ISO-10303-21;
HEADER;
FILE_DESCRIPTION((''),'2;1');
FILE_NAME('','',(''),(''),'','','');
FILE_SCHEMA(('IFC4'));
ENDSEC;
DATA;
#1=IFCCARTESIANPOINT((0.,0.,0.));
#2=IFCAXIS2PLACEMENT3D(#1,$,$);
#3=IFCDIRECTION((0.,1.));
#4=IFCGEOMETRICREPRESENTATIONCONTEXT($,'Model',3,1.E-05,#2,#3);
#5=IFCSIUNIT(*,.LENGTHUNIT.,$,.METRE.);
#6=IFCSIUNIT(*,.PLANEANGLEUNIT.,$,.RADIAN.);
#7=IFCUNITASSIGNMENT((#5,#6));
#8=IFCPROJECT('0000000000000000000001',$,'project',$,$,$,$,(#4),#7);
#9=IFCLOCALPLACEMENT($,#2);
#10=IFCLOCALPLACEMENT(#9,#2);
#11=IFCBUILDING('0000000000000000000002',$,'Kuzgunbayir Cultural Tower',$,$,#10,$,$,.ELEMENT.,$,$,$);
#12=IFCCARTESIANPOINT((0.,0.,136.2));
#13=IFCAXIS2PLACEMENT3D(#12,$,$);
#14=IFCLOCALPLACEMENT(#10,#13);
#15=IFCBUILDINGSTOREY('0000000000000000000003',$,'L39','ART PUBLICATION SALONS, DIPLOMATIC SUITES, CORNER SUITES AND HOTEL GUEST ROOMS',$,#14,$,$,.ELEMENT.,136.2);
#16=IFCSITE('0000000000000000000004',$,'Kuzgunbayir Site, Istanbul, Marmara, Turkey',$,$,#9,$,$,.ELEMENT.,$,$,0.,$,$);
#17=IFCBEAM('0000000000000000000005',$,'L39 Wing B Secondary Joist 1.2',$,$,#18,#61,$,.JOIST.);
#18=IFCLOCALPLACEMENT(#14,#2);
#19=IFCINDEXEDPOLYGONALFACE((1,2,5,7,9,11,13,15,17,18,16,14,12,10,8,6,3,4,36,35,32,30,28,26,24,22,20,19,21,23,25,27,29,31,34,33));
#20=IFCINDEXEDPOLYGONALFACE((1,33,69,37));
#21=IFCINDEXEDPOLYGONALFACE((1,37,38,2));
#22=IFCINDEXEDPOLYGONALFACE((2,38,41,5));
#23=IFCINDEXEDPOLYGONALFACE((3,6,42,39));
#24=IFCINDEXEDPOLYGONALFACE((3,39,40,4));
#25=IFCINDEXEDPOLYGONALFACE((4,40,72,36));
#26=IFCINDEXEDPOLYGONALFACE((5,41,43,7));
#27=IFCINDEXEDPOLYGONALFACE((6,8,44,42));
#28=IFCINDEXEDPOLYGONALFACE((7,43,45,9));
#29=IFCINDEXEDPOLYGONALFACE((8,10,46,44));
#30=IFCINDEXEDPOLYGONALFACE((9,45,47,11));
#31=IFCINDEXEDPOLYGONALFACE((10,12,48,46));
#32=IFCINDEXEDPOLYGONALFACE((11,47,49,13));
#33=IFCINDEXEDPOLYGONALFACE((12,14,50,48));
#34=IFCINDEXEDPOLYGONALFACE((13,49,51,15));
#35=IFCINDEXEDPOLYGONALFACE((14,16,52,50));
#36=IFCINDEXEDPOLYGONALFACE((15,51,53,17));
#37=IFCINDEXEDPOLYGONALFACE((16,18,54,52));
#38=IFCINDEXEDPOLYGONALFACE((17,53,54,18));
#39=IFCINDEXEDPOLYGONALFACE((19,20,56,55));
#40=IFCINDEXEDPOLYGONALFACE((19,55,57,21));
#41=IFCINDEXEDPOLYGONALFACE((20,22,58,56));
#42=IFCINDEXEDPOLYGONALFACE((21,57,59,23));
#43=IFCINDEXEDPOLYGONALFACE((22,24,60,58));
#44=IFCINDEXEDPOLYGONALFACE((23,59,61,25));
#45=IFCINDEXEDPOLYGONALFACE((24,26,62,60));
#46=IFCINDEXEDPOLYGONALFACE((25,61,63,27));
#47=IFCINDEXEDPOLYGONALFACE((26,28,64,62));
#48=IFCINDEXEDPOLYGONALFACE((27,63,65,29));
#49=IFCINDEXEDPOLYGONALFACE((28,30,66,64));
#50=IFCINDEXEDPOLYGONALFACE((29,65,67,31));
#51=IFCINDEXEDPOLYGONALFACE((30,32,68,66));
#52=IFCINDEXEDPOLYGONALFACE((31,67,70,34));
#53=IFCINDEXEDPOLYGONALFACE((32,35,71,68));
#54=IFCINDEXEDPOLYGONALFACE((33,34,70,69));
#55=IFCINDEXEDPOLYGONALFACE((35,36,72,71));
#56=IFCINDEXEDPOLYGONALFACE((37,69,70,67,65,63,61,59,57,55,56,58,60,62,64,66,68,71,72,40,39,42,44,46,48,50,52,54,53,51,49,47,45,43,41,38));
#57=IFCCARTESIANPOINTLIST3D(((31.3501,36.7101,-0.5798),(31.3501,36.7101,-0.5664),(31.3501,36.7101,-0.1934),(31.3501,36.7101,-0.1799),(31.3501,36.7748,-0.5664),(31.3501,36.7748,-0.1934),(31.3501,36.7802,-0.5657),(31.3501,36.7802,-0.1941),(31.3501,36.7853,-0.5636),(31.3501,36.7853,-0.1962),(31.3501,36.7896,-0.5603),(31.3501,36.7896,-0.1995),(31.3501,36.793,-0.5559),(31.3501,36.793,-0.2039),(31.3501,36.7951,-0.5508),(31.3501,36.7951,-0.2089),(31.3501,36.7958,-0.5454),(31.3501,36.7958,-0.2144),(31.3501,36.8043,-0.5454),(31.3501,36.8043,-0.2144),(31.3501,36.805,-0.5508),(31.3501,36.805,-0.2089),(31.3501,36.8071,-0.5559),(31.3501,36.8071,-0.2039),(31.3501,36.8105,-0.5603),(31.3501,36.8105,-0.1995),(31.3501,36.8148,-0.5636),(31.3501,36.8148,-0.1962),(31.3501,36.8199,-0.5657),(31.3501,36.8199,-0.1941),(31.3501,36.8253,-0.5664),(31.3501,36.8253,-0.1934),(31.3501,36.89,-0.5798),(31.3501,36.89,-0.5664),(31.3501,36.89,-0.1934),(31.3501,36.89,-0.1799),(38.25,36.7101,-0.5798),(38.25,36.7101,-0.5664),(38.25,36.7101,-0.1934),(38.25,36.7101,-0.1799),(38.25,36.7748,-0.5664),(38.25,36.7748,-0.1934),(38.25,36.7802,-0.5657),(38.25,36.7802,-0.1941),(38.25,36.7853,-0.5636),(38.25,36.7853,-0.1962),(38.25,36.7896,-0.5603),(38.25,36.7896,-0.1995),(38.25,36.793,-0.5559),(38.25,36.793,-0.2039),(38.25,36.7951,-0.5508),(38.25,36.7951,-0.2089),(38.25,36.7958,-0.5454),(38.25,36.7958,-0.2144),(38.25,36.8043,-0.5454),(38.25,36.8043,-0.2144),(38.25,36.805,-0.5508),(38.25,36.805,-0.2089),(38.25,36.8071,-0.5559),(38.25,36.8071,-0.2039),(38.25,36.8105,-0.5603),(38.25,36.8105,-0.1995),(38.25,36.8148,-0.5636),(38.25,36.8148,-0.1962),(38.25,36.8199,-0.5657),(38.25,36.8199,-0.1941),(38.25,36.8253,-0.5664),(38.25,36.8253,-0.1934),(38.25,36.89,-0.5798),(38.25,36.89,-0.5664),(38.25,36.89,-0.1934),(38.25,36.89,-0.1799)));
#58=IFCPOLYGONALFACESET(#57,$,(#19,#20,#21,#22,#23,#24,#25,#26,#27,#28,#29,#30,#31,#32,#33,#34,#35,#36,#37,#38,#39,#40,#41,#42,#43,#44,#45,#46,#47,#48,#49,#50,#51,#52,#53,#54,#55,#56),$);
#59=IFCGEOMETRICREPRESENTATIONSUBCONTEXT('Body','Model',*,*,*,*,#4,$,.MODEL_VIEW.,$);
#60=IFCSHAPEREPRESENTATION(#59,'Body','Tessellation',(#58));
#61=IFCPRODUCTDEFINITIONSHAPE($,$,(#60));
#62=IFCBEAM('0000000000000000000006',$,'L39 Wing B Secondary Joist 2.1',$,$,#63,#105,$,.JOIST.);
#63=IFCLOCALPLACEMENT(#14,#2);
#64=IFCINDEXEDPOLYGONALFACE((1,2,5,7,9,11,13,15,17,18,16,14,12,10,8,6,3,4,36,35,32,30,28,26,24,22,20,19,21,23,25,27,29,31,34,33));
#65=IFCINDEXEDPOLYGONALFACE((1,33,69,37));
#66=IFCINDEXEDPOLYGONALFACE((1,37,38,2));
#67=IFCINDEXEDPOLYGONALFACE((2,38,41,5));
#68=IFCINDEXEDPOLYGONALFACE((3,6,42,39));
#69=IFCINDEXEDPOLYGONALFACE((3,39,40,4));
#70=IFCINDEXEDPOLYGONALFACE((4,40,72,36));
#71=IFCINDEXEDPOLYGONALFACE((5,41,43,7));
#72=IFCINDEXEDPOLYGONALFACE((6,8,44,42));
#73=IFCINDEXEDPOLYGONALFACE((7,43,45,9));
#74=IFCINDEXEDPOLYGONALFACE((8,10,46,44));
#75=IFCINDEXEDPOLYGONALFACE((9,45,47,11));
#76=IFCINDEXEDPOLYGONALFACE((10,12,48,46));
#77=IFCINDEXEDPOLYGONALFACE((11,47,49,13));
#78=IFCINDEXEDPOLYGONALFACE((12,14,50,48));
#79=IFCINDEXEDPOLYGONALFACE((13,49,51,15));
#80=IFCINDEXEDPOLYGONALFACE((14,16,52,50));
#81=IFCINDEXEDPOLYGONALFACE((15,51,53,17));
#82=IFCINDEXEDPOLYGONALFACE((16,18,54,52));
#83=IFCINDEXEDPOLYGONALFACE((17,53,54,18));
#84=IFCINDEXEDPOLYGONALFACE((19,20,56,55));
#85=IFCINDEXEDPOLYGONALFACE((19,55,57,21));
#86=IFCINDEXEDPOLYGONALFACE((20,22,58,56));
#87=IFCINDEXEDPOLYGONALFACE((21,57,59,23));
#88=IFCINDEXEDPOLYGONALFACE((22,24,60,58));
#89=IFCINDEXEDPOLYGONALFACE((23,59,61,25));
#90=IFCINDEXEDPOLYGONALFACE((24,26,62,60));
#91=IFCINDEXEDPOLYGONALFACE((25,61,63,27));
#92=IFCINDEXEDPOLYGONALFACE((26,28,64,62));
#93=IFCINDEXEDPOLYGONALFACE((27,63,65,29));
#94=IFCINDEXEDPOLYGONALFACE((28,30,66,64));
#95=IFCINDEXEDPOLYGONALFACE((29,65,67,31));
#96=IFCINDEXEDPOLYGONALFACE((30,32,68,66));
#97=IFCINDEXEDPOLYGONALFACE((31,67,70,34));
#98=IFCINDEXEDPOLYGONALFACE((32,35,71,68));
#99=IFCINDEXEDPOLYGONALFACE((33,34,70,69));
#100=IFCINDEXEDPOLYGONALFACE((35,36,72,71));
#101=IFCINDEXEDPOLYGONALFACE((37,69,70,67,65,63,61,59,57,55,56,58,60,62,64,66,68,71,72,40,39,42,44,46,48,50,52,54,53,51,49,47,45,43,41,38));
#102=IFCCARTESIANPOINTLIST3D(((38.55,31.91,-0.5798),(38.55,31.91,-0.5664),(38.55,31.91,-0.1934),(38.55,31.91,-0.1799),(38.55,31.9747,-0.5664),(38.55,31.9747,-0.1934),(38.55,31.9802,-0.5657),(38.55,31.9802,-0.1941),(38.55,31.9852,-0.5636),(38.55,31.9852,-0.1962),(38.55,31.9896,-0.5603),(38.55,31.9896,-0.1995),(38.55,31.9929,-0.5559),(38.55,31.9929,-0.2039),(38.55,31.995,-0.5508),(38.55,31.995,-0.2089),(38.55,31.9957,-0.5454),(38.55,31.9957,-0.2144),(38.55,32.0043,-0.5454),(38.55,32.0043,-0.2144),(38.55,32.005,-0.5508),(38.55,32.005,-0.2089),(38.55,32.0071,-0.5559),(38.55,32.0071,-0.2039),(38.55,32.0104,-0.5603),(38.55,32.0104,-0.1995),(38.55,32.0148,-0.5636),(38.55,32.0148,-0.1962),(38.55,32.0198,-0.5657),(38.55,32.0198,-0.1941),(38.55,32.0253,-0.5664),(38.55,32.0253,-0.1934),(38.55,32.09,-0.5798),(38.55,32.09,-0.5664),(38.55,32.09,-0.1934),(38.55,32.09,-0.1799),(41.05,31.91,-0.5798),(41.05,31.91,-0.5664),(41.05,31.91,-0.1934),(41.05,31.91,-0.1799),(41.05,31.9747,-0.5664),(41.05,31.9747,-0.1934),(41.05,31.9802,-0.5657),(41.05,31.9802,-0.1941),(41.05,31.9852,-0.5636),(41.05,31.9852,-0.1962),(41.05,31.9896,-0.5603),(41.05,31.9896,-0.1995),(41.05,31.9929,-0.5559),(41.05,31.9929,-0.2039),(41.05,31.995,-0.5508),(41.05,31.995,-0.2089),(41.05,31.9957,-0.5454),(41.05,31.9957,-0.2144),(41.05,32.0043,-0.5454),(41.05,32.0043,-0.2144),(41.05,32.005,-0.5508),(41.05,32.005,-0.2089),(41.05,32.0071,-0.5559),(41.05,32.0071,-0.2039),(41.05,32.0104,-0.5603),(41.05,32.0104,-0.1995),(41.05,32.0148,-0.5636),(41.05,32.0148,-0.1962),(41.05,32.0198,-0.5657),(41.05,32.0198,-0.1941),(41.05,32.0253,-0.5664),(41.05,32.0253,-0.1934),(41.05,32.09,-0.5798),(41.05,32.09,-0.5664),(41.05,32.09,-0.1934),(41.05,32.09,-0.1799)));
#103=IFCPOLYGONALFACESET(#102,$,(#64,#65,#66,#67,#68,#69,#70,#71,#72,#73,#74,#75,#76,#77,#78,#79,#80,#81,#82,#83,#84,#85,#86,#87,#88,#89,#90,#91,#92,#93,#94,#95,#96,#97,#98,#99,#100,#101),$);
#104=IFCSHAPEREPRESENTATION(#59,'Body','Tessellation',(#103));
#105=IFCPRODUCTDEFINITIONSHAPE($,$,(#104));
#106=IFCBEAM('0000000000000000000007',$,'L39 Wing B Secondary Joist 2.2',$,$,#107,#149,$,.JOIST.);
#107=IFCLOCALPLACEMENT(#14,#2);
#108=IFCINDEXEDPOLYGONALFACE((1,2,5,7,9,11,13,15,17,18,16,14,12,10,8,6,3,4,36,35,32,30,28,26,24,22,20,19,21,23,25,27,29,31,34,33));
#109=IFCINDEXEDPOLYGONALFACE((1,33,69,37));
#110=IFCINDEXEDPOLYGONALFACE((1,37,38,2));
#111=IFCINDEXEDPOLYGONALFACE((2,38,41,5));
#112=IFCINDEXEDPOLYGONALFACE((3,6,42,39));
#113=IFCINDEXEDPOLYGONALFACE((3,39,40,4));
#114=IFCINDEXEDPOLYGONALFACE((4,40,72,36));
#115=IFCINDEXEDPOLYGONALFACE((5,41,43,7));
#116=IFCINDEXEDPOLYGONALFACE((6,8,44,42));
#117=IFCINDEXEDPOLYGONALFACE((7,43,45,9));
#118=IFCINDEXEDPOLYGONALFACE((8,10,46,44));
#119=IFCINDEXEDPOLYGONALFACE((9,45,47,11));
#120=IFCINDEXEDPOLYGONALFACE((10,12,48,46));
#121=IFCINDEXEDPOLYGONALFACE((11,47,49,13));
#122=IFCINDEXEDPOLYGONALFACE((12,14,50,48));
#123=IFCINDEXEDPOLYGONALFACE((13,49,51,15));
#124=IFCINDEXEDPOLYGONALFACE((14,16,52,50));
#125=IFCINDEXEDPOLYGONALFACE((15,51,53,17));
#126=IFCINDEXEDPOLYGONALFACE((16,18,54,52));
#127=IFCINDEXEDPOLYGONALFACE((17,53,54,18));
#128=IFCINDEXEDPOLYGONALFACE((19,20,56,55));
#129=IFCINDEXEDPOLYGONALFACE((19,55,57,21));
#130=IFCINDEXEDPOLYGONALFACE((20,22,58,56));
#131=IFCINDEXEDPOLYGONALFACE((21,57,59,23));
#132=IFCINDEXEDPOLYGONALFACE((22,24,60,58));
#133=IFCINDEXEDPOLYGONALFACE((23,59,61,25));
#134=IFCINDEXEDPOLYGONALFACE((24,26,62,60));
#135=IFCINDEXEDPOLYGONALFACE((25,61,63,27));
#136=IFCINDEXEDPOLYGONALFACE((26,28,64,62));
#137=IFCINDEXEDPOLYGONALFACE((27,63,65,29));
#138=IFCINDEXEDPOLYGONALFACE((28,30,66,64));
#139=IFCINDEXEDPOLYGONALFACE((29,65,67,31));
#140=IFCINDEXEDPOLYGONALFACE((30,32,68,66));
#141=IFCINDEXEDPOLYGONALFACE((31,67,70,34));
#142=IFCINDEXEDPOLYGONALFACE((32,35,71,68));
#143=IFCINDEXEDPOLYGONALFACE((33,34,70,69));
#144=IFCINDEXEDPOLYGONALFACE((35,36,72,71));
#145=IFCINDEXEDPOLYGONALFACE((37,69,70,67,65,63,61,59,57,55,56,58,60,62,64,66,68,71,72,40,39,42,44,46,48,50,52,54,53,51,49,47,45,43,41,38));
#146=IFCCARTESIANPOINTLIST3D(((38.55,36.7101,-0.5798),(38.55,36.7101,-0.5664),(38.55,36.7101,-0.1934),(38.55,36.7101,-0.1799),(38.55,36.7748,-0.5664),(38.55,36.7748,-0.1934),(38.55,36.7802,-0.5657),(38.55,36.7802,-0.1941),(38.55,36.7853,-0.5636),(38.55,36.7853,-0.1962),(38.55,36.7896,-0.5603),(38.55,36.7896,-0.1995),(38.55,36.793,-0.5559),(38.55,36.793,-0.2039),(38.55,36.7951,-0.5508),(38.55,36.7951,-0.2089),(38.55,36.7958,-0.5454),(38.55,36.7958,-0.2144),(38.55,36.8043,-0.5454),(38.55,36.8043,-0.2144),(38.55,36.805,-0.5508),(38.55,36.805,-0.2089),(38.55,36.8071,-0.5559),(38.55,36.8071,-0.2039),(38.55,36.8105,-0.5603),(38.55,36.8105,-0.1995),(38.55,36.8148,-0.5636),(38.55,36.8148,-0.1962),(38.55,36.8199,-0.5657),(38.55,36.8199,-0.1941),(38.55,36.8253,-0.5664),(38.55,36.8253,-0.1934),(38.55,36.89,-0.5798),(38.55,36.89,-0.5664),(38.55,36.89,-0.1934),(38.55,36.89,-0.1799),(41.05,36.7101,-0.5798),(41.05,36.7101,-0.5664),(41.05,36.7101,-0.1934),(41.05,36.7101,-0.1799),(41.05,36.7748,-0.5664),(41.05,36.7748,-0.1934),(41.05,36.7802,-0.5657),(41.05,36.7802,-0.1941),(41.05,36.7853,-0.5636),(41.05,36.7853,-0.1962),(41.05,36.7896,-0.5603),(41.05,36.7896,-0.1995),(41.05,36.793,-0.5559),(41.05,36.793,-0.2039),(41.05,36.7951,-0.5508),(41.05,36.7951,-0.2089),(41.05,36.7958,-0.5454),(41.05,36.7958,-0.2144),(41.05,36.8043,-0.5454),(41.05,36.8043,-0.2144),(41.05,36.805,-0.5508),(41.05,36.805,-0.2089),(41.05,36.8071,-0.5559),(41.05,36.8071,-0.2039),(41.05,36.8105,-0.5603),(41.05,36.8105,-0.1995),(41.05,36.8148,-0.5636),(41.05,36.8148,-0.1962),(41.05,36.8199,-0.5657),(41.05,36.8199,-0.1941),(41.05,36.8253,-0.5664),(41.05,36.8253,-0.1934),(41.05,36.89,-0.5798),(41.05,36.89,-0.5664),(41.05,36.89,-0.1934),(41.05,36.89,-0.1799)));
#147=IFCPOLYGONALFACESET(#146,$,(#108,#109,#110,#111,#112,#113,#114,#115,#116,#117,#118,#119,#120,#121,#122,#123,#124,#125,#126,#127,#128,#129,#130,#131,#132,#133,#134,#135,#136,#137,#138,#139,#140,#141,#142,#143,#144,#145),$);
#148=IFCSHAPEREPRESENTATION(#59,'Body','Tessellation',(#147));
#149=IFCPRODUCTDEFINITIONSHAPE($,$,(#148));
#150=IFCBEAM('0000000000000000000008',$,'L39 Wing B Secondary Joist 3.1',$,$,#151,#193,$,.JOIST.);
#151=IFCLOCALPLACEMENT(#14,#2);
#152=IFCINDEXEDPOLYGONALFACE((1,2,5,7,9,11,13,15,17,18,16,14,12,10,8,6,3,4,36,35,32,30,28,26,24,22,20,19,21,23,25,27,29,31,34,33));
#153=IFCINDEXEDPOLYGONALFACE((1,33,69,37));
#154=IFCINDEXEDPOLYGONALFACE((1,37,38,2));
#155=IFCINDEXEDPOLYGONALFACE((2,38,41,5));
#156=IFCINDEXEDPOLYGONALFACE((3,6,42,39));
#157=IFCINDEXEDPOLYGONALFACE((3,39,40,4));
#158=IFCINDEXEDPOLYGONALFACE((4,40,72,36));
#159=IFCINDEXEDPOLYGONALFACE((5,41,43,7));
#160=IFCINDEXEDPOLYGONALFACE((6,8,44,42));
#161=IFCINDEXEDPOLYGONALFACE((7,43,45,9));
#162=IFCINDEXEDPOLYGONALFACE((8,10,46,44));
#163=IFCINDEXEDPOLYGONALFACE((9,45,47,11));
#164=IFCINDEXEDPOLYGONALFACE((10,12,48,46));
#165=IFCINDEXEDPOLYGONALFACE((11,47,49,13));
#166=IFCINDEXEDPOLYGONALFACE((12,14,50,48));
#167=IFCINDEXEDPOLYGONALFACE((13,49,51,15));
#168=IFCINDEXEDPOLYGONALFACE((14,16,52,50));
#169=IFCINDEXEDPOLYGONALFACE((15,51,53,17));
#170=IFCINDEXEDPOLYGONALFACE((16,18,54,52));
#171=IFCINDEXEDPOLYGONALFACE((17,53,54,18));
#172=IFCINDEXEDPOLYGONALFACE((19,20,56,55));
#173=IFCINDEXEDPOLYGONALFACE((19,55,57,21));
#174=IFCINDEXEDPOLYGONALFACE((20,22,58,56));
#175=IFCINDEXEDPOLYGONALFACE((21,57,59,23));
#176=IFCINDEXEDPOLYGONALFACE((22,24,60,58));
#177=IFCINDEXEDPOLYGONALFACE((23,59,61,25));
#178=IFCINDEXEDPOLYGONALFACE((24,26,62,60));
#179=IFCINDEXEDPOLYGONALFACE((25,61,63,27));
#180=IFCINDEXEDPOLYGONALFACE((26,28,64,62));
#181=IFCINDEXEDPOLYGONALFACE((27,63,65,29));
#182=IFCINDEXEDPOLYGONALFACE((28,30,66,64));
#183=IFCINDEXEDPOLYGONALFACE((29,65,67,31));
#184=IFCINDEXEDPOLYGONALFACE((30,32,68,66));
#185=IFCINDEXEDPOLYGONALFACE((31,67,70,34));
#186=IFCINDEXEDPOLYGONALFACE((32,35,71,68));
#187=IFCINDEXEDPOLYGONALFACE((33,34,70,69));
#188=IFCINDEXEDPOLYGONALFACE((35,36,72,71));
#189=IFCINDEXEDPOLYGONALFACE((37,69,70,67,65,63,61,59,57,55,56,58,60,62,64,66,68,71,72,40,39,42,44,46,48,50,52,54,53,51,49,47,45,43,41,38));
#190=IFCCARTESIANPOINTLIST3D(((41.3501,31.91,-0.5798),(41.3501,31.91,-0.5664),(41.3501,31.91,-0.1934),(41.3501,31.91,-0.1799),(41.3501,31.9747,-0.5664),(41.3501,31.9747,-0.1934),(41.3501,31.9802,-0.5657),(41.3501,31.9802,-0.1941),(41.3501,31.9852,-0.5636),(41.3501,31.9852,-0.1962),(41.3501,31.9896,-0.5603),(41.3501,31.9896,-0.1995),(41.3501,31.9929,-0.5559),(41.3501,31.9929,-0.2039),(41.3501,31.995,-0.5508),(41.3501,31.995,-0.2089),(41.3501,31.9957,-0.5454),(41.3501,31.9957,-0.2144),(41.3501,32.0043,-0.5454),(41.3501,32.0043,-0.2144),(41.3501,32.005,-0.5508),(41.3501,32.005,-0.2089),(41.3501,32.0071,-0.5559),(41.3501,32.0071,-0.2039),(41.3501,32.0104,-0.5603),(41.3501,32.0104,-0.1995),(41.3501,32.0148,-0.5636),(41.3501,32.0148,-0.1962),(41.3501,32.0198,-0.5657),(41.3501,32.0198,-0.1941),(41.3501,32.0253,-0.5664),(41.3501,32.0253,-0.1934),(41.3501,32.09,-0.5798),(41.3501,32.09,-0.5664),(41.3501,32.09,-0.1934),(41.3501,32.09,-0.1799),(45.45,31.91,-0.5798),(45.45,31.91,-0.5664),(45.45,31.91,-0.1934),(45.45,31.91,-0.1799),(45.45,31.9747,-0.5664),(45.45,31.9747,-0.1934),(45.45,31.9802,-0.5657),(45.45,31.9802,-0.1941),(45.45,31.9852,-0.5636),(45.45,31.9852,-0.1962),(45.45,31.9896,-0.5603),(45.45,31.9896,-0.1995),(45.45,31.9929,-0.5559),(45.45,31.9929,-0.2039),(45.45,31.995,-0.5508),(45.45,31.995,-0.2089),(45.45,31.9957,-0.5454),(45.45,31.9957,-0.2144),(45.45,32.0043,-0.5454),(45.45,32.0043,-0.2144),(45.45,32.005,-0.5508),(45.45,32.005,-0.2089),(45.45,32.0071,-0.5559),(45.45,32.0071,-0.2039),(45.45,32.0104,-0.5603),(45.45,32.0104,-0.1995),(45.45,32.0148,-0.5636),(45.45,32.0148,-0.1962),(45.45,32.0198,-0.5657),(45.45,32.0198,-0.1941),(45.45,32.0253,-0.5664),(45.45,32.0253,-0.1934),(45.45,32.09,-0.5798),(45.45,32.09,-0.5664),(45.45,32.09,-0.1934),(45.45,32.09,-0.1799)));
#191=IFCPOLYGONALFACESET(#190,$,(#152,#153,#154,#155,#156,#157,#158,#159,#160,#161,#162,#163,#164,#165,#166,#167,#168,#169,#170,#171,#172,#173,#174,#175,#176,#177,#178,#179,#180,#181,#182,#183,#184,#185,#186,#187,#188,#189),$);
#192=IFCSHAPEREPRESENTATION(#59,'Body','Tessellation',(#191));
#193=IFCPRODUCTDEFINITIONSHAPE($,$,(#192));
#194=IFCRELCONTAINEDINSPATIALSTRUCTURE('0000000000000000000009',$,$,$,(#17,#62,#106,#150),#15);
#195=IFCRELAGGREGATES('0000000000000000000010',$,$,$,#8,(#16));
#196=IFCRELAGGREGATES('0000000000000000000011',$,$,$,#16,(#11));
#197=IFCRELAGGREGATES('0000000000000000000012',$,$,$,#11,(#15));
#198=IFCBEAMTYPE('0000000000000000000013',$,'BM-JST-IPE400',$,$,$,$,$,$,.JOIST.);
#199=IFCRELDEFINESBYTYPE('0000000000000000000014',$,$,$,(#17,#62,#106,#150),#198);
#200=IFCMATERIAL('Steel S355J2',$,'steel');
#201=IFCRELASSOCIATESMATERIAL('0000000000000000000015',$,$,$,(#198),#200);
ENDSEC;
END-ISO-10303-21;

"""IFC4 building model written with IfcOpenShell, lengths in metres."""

from ifc_helpers import new_model, si_unit, direction, frame, origin, origin_2d, place, context, subcontext, project, spatial, i_section, extrude, material, material_profile, profile_set, type_object, element, save


model = new_model("IFC4")

# Units and contexts
model_context = context("Model", 3, precision=1e-05, world=origin(), true_north=direction((0.0, 1.0)))
body_context = subcontext(model_context, "Body", "Model", "MODEL_VIEW")
ifc_project = project(units=[si_unit("LENGTHUNIT", "METRE"), si_unit("PLANEANGLEUNIT", "RADIAN")], contexts=[model_context])

# Site, building, storey
site_placement = place(None, origin())
site = spatial("IfcSite", under=ifc_project, at=site_placement, Name="Kuzgunbayir Site, Istanbul, Marmara, Turkey", CompositionType="ELEMENT", RefElevation=0.0)
building_placement = place(site_placement, origin())
building = spatial("IfcBuilding", under=site, at=building_placement, Name="Kuzgunbayir Cultural Tower", CompositionType="ELEMENT")
storey_placement = place(building_placement, frame((0.0, 0.0, 136.2)))
storey = spatial("IfcBuildingStorey", under=building, at=storey_placement, Name="L39", Description="ART PUBLICATION SALONS, DIPLOMATIC SUITES, CORNER SUITES AND HOTEL GUEST ROOMS", CompositionType="ELEMENT", Elevation=136.2)

# Beams
ifc_material_1 = material(Name="Steel S355J2", Category="steel")
ifc_material_profile_1 = material_profile(ifc_material_1, i_section(OverallWidth=0.1799, OverallDepth=0.3999, WebThickness=0.0085, FlangeThickness=0.0134, FilletRadius=0.021, at=origin_2d()), Name="IPE 400")
ifc_profile_set_1 = profile_set([ifc_material_profile_1], Name="Steel S355J2")
beam_type_1 = type_object("IfcBeamType", Name="BM-JST-IPE400", PredefinedType="JOIST", material=ifc_profile_set_1)
for number, where, z_axis, x_axis, name in (
    (1, (31.3501, 36.8, -0.3799), (1.0, 0.0, 0.0), (0.0, 1.0, 0.0), "L39 Wing B Secondary Joist 1.2"),
):
    element("IfcBeam", number, at=place(storey_placement, frame(where, z_axis=z_axis, x_axis=x_axis)), inside=storey, type_object=beam_type_1, Name=name, PredefinedType="JOIST", context=body_context, shape_type="SweptSolid", body=[
        extrude(i_section(OverallWidth=0.1799, OverallDepth=0.3999, WebThickness=0.0085, FlangeThickness=0.0134, FilletRadius=0.021, at=origin_2d()), origin(), (0.0, 0.0, 1.0), 6.8999),
    ])
for number, where, z_axis, x_axis, name in (
    (2, (38.55, 32.0, -0.3799), (1.0, 0.0, 0.0), (0.0, 1.0, 0.0), "L39 Wing B Secondary Joist 2.1"),
    (3, (38.55, 36.8, -0.3799), (1.0, 0.0, 0.0), (0.0, 1.0, 0.0), "L39 Wing B Secondary Joist 2.2"),
):
    element("IfcBeam", number, at=place(storey_placement, frame(where, z_axis=z_axis, x_axis=x_axis)), inside=storey, type_object=beam_type_1, Name=name, PredefinedType="JOIST", context=body_context, shape_type="SweptSolid", body=[
        extrude(i_section(OverallWidth=0.1799, OverallDepth=0.3999, WebThickness=0.0085, FlangeThickness=0.0134, FilletRadius=0.021, at=origin_2d()), origin(), (0.0, 0.0, 1.0), 2.5),
    ])
for number, where, z_axis, x_axis, name in (
    (4, (41.3501, 32.0, -0.3799), (1.0, 0.0, 0.0), (0.0, 1.0, 0.0), "L39 Wing B Secondary Joist 3.1"),
):
    element("IfcBeam", number, at=place(storey_placement, frame(where, z_axis=z_axis, x_axis=x_axis)), inside=storey, type_object=beam_type_1, Name=name, PredefinedType="JOIST", context=body_context, shape_type="SweptSolid", body=[
        extrude(i_section(OverallWidth=0.1799, OverallDepth=0.3999, WebThickness=0.0085, FlangeThickness=0.0134, FilletRadius=0.021, at=origin_2d()), origin(), (0.0, 0.0, 1.0), 4.0999),
    ])

save(model, "model.ifc")
